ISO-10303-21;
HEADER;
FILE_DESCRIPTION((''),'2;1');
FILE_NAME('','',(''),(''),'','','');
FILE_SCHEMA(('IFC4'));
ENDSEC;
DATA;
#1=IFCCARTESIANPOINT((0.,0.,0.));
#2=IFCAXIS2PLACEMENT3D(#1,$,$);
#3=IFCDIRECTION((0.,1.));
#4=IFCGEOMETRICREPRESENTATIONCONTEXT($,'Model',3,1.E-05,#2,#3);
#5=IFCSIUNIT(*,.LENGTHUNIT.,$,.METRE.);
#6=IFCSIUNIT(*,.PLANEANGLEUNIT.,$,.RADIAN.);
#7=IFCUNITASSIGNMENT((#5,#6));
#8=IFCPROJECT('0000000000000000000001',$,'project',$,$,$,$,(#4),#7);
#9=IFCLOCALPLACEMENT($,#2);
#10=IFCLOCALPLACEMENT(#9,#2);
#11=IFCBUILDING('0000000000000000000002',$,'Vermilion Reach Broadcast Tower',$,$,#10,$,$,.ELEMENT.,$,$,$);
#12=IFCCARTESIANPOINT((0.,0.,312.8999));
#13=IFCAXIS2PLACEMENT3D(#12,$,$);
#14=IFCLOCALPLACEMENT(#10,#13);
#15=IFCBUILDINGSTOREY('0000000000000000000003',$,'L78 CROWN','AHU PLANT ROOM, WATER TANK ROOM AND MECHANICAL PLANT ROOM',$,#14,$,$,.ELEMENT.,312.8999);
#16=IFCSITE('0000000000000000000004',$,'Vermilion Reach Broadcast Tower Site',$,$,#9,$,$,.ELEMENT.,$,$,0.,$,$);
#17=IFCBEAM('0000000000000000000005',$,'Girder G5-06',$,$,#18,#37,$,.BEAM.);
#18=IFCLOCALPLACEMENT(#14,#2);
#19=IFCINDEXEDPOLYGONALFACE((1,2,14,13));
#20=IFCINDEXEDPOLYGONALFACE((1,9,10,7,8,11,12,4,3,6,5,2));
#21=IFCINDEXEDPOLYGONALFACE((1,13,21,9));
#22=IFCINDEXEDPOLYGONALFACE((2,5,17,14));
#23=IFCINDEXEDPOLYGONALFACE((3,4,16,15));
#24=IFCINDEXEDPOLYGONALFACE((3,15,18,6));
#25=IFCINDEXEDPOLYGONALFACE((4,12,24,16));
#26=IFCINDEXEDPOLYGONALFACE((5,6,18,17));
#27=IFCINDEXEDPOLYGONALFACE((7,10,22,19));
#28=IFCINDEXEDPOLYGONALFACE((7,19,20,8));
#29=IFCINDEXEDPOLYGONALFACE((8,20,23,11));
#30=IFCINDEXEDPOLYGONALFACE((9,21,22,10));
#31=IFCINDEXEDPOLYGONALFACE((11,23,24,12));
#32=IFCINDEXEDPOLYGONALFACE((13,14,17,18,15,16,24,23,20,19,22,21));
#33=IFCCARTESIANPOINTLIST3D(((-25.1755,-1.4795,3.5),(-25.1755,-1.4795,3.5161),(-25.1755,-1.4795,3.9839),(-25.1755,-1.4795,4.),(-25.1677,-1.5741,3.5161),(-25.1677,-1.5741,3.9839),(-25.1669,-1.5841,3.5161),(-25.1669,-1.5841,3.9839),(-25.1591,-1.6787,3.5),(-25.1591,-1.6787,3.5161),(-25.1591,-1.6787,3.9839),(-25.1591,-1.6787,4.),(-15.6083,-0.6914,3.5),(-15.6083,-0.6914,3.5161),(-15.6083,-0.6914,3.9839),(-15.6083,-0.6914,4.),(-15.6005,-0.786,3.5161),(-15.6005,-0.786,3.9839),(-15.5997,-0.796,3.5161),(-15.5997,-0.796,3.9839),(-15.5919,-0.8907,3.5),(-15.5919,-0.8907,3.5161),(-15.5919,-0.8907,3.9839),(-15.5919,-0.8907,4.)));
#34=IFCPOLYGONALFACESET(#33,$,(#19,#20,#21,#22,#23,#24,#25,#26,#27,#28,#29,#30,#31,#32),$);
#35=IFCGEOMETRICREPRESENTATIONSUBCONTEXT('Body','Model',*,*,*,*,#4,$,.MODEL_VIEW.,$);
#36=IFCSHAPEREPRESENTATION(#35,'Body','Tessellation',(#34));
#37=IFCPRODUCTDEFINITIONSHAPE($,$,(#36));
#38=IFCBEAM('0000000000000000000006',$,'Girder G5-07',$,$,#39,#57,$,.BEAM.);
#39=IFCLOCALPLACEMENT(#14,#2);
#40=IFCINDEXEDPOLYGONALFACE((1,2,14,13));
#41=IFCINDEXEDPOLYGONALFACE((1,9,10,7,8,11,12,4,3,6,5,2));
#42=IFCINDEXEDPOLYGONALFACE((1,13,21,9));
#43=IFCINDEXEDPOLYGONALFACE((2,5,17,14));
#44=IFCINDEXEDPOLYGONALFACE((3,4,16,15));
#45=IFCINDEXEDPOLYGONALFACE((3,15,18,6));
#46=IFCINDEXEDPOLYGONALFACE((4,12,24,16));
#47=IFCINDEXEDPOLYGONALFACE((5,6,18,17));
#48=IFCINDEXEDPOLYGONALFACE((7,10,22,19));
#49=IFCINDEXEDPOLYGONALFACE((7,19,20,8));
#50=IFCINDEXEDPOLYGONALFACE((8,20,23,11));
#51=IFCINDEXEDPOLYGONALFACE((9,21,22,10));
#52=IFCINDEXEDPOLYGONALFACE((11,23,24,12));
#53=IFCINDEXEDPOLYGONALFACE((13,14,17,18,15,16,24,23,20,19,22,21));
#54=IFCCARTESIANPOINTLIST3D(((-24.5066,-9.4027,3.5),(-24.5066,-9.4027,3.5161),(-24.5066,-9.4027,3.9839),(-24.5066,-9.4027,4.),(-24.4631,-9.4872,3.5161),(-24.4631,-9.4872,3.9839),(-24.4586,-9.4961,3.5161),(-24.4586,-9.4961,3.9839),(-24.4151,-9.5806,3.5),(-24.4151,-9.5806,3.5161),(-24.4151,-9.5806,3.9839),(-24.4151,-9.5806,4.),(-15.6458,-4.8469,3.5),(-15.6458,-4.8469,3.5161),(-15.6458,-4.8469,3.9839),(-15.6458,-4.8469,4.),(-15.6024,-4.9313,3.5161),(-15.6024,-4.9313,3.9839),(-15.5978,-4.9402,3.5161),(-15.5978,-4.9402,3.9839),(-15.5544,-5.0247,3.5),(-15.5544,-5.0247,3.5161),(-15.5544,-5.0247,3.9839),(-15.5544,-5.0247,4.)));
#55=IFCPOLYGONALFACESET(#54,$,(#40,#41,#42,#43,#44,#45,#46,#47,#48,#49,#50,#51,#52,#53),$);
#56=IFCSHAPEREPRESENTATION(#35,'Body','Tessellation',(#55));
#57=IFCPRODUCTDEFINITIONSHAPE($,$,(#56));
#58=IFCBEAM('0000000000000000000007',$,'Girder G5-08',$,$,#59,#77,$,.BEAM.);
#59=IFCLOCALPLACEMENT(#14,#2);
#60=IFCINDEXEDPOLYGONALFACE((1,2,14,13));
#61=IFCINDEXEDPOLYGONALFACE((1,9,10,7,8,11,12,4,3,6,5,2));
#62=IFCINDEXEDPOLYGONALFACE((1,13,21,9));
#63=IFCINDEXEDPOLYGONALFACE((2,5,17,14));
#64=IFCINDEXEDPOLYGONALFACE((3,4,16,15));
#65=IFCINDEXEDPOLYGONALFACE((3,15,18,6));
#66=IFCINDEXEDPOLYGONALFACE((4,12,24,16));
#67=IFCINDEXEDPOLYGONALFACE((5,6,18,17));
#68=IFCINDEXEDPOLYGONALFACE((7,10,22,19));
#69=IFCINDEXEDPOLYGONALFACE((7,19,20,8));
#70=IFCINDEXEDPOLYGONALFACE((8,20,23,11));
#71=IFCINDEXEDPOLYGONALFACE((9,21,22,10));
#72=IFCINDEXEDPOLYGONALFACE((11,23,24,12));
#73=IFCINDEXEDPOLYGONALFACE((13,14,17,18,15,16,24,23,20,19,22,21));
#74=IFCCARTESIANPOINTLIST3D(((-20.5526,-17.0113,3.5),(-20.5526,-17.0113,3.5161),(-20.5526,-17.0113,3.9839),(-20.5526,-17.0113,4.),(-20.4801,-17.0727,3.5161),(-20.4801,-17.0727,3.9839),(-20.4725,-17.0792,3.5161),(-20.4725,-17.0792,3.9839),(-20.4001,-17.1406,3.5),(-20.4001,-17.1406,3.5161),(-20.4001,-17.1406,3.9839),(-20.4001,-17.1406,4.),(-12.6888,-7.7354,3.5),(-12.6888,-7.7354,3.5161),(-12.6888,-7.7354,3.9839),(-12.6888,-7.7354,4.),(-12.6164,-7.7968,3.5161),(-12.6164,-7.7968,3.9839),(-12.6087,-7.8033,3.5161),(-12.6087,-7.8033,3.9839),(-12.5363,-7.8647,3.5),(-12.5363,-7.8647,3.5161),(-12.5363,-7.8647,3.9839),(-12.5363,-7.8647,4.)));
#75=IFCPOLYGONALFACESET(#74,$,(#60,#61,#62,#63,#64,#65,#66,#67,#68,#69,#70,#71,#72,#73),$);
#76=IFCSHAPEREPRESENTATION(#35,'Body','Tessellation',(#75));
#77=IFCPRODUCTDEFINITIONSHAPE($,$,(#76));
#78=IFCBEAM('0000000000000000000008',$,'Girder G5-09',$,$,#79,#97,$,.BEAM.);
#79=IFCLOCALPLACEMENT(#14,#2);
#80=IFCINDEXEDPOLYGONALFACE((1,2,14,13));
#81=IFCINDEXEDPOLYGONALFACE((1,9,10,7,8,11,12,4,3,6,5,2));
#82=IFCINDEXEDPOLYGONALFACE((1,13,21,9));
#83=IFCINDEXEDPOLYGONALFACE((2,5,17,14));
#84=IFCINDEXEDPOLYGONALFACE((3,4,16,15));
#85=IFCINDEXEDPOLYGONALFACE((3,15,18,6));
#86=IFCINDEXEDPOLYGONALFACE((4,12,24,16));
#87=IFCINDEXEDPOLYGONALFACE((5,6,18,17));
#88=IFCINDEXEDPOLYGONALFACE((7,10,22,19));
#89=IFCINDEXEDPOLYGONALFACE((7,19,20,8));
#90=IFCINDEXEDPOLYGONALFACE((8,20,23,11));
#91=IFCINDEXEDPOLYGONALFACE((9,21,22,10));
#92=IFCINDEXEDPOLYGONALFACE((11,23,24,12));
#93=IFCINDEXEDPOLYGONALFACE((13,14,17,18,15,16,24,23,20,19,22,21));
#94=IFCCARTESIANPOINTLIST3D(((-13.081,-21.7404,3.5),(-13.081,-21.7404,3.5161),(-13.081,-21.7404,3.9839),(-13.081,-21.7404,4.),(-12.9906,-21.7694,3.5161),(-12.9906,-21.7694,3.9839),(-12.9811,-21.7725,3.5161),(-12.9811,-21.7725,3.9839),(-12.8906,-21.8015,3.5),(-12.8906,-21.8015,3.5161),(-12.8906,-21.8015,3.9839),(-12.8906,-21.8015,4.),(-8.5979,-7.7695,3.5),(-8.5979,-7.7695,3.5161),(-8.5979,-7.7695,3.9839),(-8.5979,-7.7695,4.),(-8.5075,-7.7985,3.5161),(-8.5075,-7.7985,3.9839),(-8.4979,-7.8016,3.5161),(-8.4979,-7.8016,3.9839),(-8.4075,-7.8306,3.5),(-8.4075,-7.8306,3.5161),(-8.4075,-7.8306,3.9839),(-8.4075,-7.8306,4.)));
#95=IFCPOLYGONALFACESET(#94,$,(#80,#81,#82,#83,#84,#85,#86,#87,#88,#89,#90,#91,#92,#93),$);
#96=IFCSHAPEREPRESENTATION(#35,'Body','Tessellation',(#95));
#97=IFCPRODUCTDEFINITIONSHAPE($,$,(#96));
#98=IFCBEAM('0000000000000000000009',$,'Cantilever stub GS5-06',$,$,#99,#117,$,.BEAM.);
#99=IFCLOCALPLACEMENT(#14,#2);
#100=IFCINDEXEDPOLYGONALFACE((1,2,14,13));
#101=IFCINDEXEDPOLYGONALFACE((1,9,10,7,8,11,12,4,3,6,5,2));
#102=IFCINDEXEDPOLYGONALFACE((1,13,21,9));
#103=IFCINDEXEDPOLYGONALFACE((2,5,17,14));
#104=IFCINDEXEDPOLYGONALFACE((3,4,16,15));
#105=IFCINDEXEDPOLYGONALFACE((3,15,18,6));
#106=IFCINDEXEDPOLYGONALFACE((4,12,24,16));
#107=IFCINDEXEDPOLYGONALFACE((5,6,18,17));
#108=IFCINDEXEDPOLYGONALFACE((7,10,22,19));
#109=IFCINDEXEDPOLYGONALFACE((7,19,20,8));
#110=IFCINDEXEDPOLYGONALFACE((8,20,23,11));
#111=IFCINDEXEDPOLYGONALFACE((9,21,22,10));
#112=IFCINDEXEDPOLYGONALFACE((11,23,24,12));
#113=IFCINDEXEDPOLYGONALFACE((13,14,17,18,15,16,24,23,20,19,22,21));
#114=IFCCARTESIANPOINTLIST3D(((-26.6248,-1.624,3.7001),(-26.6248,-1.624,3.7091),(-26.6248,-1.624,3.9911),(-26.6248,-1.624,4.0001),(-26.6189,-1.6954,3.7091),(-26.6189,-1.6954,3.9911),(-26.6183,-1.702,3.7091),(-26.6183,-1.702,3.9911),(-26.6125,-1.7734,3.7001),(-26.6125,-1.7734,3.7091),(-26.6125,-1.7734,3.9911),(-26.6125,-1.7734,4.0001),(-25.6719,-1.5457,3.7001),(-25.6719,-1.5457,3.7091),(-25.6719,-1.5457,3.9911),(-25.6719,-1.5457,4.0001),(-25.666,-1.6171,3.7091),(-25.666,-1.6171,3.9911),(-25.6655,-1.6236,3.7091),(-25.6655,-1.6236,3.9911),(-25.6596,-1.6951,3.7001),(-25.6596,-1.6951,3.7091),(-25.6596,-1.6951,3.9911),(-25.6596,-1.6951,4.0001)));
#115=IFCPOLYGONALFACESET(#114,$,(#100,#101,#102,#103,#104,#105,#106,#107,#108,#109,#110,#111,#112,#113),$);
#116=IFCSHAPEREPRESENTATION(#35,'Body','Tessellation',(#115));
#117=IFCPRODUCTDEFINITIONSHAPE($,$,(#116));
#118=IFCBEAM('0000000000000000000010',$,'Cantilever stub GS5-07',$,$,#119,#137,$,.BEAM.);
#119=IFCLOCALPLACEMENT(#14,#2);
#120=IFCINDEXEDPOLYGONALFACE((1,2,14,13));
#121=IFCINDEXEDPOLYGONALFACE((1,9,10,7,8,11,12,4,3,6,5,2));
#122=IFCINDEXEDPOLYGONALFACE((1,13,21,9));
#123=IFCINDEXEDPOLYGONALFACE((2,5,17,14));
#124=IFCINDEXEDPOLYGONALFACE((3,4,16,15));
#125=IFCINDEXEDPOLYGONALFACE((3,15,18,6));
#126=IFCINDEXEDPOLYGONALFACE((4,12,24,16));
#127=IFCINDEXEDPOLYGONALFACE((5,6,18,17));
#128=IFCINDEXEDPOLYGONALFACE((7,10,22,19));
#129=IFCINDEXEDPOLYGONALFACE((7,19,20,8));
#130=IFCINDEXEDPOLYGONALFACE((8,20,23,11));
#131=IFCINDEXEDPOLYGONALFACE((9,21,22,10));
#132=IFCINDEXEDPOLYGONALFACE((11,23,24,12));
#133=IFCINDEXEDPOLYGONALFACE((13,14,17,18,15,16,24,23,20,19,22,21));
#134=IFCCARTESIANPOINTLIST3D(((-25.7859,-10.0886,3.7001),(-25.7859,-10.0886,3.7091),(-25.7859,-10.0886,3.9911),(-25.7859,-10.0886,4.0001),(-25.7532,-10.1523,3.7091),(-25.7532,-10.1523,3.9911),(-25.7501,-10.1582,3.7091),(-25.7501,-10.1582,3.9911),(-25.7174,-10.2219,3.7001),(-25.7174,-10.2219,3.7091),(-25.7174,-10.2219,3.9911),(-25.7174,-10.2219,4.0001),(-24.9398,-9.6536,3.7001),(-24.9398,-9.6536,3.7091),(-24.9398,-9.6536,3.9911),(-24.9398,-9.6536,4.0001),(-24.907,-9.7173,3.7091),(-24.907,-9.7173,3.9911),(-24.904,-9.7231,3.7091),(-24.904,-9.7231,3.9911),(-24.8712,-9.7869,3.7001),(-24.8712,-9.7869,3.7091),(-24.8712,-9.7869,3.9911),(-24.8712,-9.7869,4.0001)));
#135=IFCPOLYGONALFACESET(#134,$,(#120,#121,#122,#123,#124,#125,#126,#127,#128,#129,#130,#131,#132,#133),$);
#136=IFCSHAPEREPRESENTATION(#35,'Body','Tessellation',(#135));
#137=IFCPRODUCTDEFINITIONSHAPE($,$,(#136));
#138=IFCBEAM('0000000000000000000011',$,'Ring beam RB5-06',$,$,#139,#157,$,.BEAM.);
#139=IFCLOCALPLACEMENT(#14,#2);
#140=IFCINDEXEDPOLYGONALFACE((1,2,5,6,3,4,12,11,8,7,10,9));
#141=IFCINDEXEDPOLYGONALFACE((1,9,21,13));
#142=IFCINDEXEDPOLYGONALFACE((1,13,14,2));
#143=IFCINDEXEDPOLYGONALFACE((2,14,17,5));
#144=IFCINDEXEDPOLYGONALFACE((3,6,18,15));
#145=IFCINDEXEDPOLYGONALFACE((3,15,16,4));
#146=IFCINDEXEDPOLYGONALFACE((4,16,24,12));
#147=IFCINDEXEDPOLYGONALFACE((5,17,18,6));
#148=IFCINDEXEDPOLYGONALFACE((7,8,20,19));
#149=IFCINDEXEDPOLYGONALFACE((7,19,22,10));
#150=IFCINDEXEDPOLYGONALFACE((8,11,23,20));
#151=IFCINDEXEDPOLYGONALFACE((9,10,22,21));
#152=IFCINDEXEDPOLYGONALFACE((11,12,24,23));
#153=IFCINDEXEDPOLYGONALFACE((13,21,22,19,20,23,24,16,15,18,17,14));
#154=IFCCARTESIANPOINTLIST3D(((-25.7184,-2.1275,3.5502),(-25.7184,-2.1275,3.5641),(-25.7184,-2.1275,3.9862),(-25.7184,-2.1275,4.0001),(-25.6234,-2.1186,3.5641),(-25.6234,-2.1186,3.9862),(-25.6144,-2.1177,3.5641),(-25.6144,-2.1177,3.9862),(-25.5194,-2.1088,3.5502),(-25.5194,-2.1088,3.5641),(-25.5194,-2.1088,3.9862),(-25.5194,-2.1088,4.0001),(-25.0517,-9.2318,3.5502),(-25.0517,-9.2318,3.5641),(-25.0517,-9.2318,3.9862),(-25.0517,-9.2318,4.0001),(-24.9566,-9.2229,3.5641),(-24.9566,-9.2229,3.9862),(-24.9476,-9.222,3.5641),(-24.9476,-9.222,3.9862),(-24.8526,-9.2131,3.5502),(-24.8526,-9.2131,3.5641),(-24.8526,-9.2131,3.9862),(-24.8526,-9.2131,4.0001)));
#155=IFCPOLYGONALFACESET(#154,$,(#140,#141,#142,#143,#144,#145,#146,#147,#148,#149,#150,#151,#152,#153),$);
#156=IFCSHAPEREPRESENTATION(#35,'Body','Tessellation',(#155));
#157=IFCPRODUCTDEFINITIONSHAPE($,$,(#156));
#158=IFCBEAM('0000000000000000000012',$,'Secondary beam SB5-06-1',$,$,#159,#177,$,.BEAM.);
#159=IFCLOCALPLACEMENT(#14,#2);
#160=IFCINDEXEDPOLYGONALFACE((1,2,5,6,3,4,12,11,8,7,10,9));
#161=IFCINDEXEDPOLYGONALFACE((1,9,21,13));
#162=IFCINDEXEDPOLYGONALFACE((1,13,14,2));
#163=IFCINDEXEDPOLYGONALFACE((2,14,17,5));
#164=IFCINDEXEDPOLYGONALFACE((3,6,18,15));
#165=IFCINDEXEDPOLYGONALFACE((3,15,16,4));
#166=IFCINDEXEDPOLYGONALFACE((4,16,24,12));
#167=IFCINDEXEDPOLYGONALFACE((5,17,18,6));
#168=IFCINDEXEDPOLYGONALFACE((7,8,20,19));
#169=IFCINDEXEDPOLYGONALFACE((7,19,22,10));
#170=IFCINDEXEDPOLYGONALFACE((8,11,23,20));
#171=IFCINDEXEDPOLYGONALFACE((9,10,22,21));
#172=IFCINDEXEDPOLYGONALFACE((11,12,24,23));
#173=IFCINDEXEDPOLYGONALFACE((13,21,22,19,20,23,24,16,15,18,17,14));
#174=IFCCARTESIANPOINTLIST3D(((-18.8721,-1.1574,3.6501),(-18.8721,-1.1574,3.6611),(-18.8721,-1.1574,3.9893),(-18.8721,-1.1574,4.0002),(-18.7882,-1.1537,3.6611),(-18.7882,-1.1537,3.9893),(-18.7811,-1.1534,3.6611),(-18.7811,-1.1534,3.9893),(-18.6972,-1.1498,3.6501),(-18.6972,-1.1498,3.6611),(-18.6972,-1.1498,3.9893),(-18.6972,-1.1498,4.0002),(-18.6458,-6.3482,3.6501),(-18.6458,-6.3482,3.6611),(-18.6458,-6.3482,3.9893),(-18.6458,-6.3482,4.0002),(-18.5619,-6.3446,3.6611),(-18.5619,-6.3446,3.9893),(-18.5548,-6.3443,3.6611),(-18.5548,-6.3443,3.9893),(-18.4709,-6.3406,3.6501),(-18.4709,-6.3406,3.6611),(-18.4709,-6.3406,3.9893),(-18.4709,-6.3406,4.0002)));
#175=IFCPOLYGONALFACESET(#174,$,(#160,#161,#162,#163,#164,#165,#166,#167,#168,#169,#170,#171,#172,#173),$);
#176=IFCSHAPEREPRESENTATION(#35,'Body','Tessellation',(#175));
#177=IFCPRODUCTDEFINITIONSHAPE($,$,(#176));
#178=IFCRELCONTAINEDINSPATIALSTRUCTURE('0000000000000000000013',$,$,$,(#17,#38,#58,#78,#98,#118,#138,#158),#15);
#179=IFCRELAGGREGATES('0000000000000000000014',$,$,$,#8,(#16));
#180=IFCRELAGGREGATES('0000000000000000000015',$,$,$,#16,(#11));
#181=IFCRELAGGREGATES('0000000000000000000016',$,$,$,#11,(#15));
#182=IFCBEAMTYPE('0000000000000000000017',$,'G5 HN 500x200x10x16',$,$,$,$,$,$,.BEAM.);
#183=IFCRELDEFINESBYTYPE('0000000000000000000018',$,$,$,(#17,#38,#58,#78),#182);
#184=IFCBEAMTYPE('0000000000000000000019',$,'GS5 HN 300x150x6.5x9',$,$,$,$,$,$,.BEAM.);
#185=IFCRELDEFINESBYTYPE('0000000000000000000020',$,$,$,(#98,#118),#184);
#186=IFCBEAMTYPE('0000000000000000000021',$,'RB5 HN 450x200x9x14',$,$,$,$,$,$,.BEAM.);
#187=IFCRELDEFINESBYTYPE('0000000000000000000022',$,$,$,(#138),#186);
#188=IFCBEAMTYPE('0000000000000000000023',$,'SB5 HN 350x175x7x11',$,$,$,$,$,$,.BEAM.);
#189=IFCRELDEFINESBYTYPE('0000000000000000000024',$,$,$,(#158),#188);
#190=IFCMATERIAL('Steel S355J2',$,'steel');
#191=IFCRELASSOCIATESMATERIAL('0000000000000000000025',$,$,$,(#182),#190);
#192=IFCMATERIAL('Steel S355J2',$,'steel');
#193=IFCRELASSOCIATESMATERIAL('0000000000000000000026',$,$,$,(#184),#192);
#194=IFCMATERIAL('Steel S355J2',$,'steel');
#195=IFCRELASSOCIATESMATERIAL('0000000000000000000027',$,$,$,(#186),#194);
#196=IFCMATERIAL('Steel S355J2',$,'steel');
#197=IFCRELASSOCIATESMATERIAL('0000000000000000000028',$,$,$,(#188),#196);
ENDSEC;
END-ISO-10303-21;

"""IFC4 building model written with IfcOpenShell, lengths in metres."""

from ifc_helpers import new_model, si_unit, direction, frame, origin, origin_2d, place, context, subcontext, project, spatial, i_section, extrude, material, material_profile, profile_set, type_object, element, save


model = new_model("IFC4")

# Units and contexts
model_context = context("Model", 3, precision=1e-05, world=origin(), true_north=direction((0.0, 1.0)))
body_context = subcontext(model_context, "Body", "Model", "MODEL_VIEW")
ifc_project = project(units=[si_unit("LENGTHUNIT", "METRE"), si_unit("PLANEANGLEUNIT", "RADIAN")], contexts=[model_context])

# Site, building, storey
site_placement = place(None, origin())
site = spatial("IfcSite", under=ifc_project, at=site_placement, Name="Vermilion Reach Broadcast Tower Site", CompositionType="ELEMENT", RefElevation=0.0)
building_placement = place(site_placement, origin())
building = spatial("IfcBuilding", under=site, at=building_placement, Name="Vermilion Reach Broadcast Tower", CompositionType="ELEMENT")
storey_placement = place(building_placement, frame((0.0, 0.0, 312.8999)))
storey = spatial("IfcBuildingStorey", under=building, at=storey_placement, Name="L78 CROWN", Description="AHU PLANT ROOM, WATER TANK ROOM AND MECHANICAL PLANT ROOM", CompositionType="ELEMENT", Elevation=312.8999)

# Beams
ifc_material_1 = material(Name="Steel S355J2", Category="steel")
ifc_material_profile_1 = material_profile(ifc_material_1, i_section(OverallWidth=0.2, OverallDepth=0.5, WebThickness=0.01, FlangeThickness=0.0161, at=origin_2d()), Name="S355J2 HN 500x200x10x16")
ifc_profile_set_1 = profile_set([ifc_material_profile_1], Name="Steel S355J2")
beam_type_1 = type_object("IfcBeamType", Name="G5 HN 500x200x10x16", PredefinedType="BEAM", material=ifc_profile_set_1)
beam_1_placement = place(storey_placement, frame((-15.6001, -0.791, 3.75), z_axis=(-0.996624, -0.082096, 0.0), x_axis=(0.082096, -0.996624, 0.0)))
element("IfcBeam", 1, at=beam_1_placement, inside=storey, type_object=beam_type_1, Name="Girder G5-06", PredefinedType="BEAM", context=body_context, shape_type="SweptSolid", body=[
    extrude(i_section(OverallWidth=0.2, OverallDepth=0.5, WebThickness=0.01, FlangeThickness=0.0161, at=origin_2d()), origin(), (0.0, 0.0, 1.0), 9.5996),
])
beam_2_placement = place(storey_placement, frame((-15.6001, -4.9358, 3.75), z_axis=(-0.889333, -0.457261, 0.0), x_axis=(0.457261, -0.889333, 0.0)))
element("IfcBeam", 2, at=beam_2_placement, inside=storey, type_object=beam_type_1, Name="Girder G5-07", PredefinedType="BEAM", context=body_context, shape_type="SweptSolid", body=[
    extrude(i_section(OverallWidth=0.2, OverallDepth=0.5, WebThickness=0.01, FlangeThickness=0.0161, at=origin_2d()), origin(), (0.0, 0.0, 1.0), 9.9634),
])
beam_3_placement = place(storey_placement, frame((-12.6125, -7.8, 3.75), z_axis=(-0.646658, -0.76278, 0.0), x_axis=(0.76278, -0.646658, 0.0)))
element("IfcBeam", 3, at=beam_3_placement, inside=storey, type_object=beam_type_1, Name="Girder G5-08", PredefinedType="BEAM", context=body_context, shape_type="SweptSolid", body=[
    extrude(i_section(OverallWidth=0.2, OverallDepth=0.5, WebThickness=0.01, FlangeThickness=0.0161, at=origin_2d()), origin(), (0.0, 0.0, 1.0), 12.1606),
])
beam_4_placement = place(storey_placement, frame((-8.5027, -7.8, 3.75), z_axis=(-0.305545, -0.952178, 0.0), x_axis=(0.952178, -0.305545, 0.0)))
element("IfcBeam", 4, at=beam_4_placement, inside=storey, type_object=beam_type_1, Name="Girder G5-09", PredefinedType="BEAM", context=body_context, shape_type="SweptSolid", body=[
    extrude(i_section(OverallWidth=0.2, OverallDepth=0.5, WebThickness=0.01, FlangeThickness=0.0161, at=origin_2d()), origin(), (0.0, 0.0, 1.0), 14.6726),
])
ifc_material_2 = material(Name="Steel S355J2", Category="steel")
ifc_material_profile_2 = material_profile(ifc_material_2, i_section(OverallWidth=0.1499, OverallDepth=0.3, WebThickness=0.0066, FlangeThickness=0.009, at=origin_2d()), Name="S355J2 HN 300x150x6.5x9")
ifc_profile_set_2 = profile_set([ifc_material_profile_2], Name="Steel S355J2")
beam_type_2 = type_object("IfcBeamType", Name="GS5 HN 300x150x6.5x9", PredefinedType="BEAM", material=ifc_profile_set_2)
beam_5_placement = place(storey_placement, frame((-25.6658, -1.6204, 3.8501), z_axis=(-0.996635, -0.081968, 0.0), x_axis=(0.081968, -0.996635, 0.0)))
element("IfcBeam", 5, at=beam_5_placement, inside=storey, type_object=beam_type_2, Name="Cantilever stub GS5-06", PredefinedType="BEAM", context=body_context, shape_type="SweptSolid", body=[
    extrude(i_section(OverallWidth=0.1499, OverallDepth=0.3, WebThickness=0.0066, FlangeThickness=0.009, at=origin_2d()), origin(), (0.0, 0.0, 1.0), 0.9561),
])
beam_6_placement = place(storey_placement, frame((-24.9055, -9.7202, 3.8501), z_axis=(-0.889341, -0.457244, 0.0), x_axis=(0.457244, -0.889341, 0.0)))
element("IfcBeam", 6, at=beam_6_placement, inside=storey, type_object=beam_type_2, Name="Cantilever stub GS5-07", PredefinedType="BEAM", context=body_context, shape_type="SweptSolid", body=[
    extrude(i_section(OverallWidth=0.1499, OverallDepth=0.3, WebThickness=0.0066, FlangeThickness=0.009, at=origin_2d()), origin(), (0.0, 0.0, 1.0), 0.9514),
])
ifc_material_3 = material(Name="Steel S355J2", Category="steel")
ifc_material_profile_3 = material_profile(ifc_material_3, i_section(OverallWidth=0.2, OverallDepth=0.45, WebThickness=0.009, FlangeThickness=0.0139, at=origin_2d()), Name="S355J2 HN 450x200x9x14")
ifc_profile_set_3 = profile_set([ifc_material_profile_3], Name="Steel S355J2")
beam_type_3 = type_object("IfcBeamType", Name="RB5 HN 450x200x9x14", PredefinedType="BEAM", material=ifc_profile_set_3)
beam_7_placement = place(storey_placement, frame((-25.6189, -2.1182, 3.7751), z_axis=(0.093441, -0.995625, 0.0), x_axis=(0.995625, 0.093441, 0.0)))
element("IfcBeam", 7, at=beam_7_placement, inside=storey, type_object=beam_type_3, Name="Ring beam RB5-06", PredefinedType="BEAM", context=body_context, shape_type="SweptSolid", body=[
    extrude(i_section(OverallWidth=0.2, OverallDepth=0.45, WebThickness=0.009, FlangeThickness=0.0139, at=origin_2d()), origin(), (0.0, 0.0, 1.0), 7.1355),
])
ifc_material_4 = material(Name="Steel S355J2", Category="steel")
ifc_material_profile_4 = material_profile(ifc_material_4, i_section(OverallWidth=0.175, OverallDepth=0.3501, WebThickness=0.0071, FlangeThickness=0.011, at=origin_2d()), Name="S355J2 HN 350x175x7x11")
ifc_profile_set_4 = profile_set([ifc_material_profile_4], Name="Steel S355J2")
beam_type_4 = type_object("IfcBeamType", Name="SB5 HN 350x175x7x11", PredefinedType="BEAM", material=ifc_profile_set_4)
beam_8_placement = place(storey_placement, frame((-18.7847, -1.1536, 3.8252), z_axis=(0.043558, -0.999051, 0.0), x_axis=(0.999051, 0.043558, 0.0)))
element("IfcBeam", 8, at=beam_8_placement, inside=storey, type_object=beam_type_4, Name="Secondary beam SB5-06-1", PredefinedType="BEAM", context=body_context, shape_type="SweptSolid", body=[
    extrude(i_section(OverallWidth=0.175, OverallDepth=0.3501, WebThickness=0.0071, FlangeThickness=0.011, at=origin_2d()), origin(), (0.0, 0.0, 1.0), 5.1958),
])

save(model, "model.ifc")
